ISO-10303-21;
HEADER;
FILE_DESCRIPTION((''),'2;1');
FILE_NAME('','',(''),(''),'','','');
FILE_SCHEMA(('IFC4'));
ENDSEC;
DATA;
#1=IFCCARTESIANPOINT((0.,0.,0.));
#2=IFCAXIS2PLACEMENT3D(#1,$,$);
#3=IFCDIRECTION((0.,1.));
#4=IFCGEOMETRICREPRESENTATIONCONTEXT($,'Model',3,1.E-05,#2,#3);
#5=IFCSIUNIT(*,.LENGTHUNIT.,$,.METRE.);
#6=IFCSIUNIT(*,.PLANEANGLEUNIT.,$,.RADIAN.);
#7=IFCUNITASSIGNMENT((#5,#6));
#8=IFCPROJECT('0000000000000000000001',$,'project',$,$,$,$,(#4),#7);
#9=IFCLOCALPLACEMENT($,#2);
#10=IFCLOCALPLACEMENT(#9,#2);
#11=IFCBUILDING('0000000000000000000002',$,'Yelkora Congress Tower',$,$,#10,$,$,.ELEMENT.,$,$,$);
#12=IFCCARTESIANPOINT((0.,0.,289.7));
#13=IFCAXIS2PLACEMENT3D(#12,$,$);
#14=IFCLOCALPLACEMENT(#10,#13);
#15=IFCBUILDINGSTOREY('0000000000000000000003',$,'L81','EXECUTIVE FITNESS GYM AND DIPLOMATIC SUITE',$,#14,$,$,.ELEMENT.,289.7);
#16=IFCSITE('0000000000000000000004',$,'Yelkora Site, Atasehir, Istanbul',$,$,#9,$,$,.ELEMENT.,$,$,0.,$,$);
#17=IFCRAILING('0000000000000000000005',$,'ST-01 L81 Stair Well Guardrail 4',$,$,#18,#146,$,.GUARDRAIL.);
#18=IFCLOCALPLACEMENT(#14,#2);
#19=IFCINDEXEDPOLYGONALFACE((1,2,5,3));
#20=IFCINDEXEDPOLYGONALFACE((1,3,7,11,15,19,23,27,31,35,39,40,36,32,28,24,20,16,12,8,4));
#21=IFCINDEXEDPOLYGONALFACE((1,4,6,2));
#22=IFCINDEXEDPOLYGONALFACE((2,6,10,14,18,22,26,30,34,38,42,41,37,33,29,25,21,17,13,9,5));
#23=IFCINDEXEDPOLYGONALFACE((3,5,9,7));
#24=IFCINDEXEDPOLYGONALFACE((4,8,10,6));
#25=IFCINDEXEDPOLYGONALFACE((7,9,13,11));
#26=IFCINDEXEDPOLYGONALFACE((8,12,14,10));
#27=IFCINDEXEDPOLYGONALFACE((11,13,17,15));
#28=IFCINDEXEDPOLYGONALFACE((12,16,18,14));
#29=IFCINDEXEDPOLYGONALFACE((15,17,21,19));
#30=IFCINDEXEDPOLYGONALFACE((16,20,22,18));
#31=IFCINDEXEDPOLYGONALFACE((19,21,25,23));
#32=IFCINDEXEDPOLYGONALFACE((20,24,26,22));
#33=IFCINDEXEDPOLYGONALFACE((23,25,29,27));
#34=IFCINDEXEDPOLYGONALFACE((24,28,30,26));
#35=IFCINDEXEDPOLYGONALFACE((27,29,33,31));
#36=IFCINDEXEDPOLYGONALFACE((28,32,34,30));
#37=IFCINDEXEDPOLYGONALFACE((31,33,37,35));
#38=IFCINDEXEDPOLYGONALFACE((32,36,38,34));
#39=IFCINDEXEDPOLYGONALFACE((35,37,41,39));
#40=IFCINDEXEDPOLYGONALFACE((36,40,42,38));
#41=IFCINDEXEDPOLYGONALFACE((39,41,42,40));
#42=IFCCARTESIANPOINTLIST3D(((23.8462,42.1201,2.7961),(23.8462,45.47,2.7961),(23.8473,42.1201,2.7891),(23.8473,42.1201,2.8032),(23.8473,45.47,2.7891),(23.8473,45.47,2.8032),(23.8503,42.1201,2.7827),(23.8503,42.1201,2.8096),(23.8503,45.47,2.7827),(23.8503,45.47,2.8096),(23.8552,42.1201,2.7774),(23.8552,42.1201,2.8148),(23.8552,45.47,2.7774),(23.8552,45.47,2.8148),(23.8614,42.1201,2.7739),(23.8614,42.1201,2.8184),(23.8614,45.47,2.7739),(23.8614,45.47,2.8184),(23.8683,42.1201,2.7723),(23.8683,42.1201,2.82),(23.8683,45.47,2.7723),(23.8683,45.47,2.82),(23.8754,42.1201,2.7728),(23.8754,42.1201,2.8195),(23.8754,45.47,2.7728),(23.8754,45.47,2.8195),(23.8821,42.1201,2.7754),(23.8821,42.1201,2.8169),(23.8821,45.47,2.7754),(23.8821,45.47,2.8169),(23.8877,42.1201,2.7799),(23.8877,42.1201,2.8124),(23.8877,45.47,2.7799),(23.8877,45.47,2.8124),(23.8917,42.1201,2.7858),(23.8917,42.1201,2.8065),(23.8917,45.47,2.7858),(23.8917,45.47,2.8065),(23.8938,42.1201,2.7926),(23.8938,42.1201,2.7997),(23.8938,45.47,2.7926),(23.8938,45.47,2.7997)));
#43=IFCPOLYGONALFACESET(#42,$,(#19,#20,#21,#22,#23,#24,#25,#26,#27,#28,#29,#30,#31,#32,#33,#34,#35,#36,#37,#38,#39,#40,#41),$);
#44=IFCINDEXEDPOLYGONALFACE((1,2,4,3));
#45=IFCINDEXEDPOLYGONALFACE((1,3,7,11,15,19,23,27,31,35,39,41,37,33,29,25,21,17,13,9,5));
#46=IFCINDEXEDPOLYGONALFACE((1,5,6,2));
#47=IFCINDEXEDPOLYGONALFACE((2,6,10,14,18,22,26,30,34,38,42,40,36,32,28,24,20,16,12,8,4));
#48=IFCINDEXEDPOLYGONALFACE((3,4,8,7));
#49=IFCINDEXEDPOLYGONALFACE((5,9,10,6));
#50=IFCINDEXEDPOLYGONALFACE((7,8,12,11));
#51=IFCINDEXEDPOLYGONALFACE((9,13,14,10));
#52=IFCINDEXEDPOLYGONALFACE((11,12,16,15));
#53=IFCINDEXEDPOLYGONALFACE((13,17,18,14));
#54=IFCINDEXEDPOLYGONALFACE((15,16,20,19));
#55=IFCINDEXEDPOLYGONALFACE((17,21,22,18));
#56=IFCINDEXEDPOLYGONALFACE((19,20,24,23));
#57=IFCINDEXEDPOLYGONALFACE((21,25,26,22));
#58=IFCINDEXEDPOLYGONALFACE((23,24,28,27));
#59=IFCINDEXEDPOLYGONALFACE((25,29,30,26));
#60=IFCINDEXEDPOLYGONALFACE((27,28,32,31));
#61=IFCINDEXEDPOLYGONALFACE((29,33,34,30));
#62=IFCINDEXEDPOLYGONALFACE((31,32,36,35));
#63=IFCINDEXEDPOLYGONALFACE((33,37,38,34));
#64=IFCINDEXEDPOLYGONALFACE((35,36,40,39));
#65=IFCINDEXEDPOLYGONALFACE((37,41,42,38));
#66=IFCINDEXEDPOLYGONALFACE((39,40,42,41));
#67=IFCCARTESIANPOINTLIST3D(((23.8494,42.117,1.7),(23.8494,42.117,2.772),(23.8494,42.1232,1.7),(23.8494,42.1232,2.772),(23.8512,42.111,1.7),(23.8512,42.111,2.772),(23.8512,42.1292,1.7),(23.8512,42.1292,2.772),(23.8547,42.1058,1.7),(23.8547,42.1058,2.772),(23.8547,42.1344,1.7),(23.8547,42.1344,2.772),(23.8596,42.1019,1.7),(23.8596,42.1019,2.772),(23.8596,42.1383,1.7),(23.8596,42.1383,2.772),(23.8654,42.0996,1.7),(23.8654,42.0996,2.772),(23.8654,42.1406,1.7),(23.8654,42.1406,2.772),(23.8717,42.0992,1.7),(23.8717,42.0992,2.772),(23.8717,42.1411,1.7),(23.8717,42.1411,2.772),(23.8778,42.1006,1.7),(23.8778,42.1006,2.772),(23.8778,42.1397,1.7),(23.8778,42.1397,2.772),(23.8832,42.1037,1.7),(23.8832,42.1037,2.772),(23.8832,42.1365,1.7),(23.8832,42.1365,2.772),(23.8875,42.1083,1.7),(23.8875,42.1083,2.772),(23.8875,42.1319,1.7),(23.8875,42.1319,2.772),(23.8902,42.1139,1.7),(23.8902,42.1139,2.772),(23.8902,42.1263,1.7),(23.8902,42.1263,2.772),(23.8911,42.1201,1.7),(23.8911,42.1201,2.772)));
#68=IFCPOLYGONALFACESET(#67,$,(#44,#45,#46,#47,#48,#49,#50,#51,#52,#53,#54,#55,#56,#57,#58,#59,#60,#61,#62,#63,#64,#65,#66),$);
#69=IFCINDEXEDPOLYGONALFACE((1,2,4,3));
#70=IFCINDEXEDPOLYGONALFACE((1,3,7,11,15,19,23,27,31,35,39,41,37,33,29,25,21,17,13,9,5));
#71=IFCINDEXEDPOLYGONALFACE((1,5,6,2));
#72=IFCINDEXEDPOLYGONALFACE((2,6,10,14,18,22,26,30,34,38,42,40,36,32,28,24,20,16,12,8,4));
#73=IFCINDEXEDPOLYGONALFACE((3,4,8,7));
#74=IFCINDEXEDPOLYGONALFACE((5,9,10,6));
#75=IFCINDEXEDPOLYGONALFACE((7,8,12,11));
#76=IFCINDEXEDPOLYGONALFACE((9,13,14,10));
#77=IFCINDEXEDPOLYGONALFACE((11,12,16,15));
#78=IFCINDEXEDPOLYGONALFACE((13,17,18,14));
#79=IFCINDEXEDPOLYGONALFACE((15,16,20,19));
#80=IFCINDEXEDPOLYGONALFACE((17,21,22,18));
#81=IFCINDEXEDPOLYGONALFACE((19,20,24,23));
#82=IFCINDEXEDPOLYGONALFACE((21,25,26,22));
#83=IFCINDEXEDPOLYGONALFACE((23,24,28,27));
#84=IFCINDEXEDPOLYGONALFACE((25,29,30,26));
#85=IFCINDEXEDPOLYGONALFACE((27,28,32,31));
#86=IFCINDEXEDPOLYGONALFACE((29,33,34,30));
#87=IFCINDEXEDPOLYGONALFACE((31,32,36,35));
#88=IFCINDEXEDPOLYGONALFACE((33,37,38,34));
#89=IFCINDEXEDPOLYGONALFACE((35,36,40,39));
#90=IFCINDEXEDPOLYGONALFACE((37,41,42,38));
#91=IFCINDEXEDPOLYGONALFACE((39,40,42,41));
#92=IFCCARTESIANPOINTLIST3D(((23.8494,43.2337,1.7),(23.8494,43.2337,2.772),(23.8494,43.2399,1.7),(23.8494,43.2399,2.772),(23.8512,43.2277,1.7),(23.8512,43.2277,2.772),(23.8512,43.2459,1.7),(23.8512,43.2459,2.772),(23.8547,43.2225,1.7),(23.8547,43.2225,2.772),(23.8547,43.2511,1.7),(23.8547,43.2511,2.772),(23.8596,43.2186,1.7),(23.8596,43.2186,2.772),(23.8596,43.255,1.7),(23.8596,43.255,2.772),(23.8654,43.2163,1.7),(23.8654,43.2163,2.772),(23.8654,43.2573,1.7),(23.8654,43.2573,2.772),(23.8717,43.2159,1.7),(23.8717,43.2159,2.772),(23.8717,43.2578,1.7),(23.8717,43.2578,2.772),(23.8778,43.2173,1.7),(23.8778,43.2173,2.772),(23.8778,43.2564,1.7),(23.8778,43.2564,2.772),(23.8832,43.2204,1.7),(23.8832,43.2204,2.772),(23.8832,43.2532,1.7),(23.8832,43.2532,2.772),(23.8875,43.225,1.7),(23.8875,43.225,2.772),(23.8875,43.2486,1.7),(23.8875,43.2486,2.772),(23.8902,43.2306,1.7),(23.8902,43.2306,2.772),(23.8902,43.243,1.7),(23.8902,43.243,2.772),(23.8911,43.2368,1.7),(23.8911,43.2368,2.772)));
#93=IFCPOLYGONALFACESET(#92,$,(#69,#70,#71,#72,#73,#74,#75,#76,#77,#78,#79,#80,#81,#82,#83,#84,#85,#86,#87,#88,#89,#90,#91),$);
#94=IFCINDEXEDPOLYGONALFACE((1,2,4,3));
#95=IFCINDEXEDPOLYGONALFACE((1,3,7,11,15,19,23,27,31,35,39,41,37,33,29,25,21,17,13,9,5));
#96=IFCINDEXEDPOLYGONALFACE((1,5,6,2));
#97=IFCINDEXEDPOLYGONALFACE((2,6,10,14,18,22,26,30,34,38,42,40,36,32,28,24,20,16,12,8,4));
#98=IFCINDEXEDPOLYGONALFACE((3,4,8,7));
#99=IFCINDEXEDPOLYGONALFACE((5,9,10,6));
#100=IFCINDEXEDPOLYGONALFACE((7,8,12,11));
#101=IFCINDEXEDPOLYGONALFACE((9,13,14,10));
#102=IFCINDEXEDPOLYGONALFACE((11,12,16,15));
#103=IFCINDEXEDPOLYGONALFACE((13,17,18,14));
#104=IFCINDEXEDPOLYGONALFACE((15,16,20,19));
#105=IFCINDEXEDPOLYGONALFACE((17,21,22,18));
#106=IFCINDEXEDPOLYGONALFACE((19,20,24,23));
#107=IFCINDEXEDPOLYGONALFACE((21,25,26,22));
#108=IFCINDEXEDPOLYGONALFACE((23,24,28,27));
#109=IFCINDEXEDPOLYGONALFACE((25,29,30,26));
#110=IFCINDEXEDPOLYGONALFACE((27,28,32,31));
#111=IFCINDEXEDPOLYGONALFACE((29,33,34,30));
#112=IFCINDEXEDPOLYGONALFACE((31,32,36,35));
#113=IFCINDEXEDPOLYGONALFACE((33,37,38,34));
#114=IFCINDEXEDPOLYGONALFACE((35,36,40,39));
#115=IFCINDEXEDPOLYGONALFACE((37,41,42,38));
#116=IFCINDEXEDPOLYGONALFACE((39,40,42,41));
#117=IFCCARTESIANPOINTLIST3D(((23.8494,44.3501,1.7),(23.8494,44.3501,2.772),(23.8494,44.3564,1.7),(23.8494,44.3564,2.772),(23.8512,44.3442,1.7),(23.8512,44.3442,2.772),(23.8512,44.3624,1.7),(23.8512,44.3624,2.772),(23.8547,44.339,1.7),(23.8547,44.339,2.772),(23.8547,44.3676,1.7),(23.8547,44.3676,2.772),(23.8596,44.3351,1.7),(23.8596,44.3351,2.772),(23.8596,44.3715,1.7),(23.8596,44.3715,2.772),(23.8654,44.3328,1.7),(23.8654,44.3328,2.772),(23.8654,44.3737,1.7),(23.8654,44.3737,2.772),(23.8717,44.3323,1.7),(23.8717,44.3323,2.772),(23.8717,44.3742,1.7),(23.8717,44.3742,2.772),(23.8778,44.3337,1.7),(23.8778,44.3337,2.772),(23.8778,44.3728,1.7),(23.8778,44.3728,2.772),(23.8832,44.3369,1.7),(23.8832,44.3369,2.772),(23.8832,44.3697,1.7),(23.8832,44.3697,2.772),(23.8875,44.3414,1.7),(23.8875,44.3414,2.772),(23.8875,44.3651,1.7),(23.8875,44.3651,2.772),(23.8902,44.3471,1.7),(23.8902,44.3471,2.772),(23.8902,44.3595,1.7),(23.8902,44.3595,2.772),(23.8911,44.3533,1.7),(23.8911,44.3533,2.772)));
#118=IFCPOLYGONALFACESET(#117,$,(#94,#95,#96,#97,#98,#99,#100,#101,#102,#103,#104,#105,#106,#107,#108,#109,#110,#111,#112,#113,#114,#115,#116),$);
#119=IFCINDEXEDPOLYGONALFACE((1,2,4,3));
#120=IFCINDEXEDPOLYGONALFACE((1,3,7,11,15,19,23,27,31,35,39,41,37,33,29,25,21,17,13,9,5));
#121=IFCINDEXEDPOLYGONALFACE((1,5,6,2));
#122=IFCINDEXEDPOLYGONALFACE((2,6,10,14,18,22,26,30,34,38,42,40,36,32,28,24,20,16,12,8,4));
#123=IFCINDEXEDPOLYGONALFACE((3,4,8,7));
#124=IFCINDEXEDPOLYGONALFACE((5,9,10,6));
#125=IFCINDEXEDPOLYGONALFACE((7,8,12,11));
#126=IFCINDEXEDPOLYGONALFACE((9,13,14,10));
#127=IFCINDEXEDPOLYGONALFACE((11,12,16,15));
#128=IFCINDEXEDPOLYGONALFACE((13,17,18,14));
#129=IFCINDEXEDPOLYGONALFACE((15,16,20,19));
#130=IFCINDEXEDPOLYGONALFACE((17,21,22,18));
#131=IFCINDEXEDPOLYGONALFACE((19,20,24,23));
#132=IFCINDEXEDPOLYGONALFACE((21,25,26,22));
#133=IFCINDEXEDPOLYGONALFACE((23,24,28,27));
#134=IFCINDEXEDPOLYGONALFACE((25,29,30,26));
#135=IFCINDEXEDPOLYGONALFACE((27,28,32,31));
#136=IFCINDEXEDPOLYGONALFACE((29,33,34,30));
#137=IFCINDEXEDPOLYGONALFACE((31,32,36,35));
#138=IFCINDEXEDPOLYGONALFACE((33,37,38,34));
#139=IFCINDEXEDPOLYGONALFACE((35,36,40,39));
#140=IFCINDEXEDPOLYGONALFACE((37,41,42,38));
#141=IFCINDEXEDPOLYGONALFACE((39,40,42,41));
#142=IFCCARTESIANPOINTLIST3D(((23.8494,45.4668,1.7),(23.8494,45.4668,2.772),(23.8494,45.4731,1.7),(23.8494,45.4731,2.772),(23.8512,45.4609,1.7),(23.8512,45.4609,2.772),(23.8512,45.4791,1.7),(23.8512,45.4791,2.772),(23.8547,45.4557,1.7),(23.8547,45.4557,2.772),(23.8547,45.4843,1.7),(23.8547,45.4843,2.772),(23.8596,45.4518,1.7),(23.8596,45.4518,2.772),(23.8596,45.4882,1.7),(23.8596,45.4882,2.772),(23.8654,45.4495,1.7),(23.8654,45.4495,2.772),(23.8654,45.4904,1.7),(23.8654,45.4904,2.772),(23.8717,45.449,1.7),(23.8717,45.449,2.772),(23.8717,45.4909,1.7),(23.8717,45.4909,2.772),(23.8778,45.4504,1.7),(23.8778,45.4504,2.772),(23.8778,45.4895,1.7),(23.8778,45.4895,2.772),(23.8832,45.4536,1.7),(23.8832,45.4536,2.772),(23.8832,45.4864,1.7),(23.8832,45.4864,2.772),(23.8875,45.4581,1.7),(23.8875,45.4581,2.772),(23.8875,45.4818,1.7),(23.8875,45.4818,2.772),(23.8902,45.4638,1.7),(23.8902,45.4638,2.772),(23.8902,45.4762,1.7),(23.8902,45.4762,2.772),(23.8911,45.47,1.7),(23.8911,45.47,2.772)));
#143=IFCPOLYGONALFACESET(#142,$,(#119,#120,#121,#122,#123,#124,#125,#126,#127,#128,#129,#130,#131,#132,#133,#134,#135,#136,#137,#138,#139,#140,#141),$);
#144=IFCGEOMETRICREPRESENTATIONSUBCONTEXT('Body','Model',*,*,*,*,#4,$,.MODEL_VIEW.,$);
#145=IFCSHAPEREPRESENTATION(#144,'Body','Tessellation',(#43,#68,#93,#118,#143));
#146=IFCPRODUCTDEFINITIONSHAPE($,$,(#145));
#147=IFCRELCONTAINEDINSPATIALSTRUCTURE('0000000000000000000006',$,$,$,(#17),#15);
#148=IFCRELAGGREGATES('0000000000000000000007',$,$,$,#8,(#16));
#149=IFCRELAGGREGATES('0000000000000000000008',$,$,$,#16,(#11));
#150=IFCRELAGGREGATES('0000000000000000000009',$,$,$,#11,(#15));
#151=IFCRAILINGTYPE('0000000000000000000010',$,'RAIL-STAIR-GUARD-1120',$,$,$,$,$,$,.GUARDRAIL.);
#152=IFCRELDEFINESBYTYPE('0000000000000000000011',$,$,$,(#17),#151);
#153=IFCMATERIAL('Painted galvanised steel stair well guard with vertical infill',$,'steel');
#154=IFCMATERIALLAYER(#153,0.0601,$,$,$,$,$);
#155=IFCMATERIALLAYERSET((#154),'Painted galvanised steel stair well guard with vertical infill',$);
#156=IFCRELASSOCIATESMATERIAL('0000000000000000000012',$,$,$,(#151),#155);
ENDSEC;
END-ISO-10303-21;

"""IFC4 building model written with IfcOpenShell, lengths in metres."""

from ifc_helpers import new_model, si_unit, direction, frame, origin, origin_2d, place, context, subcontext, project, spatial, circle, extrude, material, layer, layer_set, type_object, element, save


model = new_model("IFC4")

# Units and contexts
model_context = context("Model", 3, precision=1e-05, world=origin(), true_north=direction((0.0, 1.0)))
body_context = subcontext(model_context, "Body", "Model", "MODEL_VIEW")
ifc_project = project(units=[si_unit("LENGTHUNIT", "METRE"), si_unit("PLANEANGLEUNIT", "RADIAN")], contexts=[model_context])

# Site, building, storey
site_placement = place(None, origin())
site = spatial("IfcSite", under=ifc_project, at=site_placement, Name="Yelkora Site, Atasehir, Istanbul", CompositionType="ELEMENT", RefElevation=0.0)
building_placement = place(site_placement, origin())
building = spatial("IfcBuilding", under=site, at=building_placement, Name="Yelkora Congress Tower", CompositionType="ELEMENT")
storey_placement = place(building_placement, frame((0.0, 0.0, 289.7)))
storey = spatial("IfcBuildingStorey", under=building, at=storey_placement, Name="L81", Description="EXECUTIVE FITNESS GYM AND DIPLOMATIC SUITE", CompositionType="ELEMENT", Elevation=289.7)

# Railing
ifc_material_1 = material(Name="Painted galvanised steel stair well guard with vertical infill", Category="steel")
ifc_layer_1 = layer(ifc_material_1, 0.0601)
ifc_layer_set_1 = layer_set([ifc_layer_1], Name="Painted galvanised steel stair well guard with vertical infill")
railing_type_1 = type_object("IfcRailingType", Name="RAIL-STAIR-GUARD-1120", PredefinedType="GUARDRAIL", material=ifc_layer_set_1)
railing_1_placement = place(storey_placement, frame((23.8701, 42.1201, 1.7)))
element("IfcRailing", 1, at=railing_1_placement, inside=storey, type_object=railing_type_1, Name="ST-01 L81 Stair Well Guardrail 4", PredefinedType="GUARDRAIL", context=body_context, shape_type="SweptSolid", body=[
    extrude(circle(Radius=0.0239, at=origin_2d()), frame((0.0, 0.0, 1.0962), z_axis=(0.0, 1.0, 0.0), x_axis=(-1.0, 0.0, 0.0)), (0.0, 0.0, 1.0), 3.3499),
    extrude(circle(Radius=0.021, at=origin_2d()), origin(), (0.0, 0.0, 1.0), 1.072),
    extrude(circle(Radius=0.021, at=origin_2d()), frame((0.0, 1.1167, 0.0)), (0.0, 0.0, 1.0), 1.072),
    extrude(circle(Radius=0.021, at=origin_2d()), frame((0.0, 2.2332, 0.0)), (0.0, 0.0, 1.0), 1.072),
    extrude(circle(Radius=0.021, at=origin_2d()), frame((0.0, 3.3499, 0.0)), (0.0, 0.0, 1.0), 1.072),
])

save(model, "model.ifc")
